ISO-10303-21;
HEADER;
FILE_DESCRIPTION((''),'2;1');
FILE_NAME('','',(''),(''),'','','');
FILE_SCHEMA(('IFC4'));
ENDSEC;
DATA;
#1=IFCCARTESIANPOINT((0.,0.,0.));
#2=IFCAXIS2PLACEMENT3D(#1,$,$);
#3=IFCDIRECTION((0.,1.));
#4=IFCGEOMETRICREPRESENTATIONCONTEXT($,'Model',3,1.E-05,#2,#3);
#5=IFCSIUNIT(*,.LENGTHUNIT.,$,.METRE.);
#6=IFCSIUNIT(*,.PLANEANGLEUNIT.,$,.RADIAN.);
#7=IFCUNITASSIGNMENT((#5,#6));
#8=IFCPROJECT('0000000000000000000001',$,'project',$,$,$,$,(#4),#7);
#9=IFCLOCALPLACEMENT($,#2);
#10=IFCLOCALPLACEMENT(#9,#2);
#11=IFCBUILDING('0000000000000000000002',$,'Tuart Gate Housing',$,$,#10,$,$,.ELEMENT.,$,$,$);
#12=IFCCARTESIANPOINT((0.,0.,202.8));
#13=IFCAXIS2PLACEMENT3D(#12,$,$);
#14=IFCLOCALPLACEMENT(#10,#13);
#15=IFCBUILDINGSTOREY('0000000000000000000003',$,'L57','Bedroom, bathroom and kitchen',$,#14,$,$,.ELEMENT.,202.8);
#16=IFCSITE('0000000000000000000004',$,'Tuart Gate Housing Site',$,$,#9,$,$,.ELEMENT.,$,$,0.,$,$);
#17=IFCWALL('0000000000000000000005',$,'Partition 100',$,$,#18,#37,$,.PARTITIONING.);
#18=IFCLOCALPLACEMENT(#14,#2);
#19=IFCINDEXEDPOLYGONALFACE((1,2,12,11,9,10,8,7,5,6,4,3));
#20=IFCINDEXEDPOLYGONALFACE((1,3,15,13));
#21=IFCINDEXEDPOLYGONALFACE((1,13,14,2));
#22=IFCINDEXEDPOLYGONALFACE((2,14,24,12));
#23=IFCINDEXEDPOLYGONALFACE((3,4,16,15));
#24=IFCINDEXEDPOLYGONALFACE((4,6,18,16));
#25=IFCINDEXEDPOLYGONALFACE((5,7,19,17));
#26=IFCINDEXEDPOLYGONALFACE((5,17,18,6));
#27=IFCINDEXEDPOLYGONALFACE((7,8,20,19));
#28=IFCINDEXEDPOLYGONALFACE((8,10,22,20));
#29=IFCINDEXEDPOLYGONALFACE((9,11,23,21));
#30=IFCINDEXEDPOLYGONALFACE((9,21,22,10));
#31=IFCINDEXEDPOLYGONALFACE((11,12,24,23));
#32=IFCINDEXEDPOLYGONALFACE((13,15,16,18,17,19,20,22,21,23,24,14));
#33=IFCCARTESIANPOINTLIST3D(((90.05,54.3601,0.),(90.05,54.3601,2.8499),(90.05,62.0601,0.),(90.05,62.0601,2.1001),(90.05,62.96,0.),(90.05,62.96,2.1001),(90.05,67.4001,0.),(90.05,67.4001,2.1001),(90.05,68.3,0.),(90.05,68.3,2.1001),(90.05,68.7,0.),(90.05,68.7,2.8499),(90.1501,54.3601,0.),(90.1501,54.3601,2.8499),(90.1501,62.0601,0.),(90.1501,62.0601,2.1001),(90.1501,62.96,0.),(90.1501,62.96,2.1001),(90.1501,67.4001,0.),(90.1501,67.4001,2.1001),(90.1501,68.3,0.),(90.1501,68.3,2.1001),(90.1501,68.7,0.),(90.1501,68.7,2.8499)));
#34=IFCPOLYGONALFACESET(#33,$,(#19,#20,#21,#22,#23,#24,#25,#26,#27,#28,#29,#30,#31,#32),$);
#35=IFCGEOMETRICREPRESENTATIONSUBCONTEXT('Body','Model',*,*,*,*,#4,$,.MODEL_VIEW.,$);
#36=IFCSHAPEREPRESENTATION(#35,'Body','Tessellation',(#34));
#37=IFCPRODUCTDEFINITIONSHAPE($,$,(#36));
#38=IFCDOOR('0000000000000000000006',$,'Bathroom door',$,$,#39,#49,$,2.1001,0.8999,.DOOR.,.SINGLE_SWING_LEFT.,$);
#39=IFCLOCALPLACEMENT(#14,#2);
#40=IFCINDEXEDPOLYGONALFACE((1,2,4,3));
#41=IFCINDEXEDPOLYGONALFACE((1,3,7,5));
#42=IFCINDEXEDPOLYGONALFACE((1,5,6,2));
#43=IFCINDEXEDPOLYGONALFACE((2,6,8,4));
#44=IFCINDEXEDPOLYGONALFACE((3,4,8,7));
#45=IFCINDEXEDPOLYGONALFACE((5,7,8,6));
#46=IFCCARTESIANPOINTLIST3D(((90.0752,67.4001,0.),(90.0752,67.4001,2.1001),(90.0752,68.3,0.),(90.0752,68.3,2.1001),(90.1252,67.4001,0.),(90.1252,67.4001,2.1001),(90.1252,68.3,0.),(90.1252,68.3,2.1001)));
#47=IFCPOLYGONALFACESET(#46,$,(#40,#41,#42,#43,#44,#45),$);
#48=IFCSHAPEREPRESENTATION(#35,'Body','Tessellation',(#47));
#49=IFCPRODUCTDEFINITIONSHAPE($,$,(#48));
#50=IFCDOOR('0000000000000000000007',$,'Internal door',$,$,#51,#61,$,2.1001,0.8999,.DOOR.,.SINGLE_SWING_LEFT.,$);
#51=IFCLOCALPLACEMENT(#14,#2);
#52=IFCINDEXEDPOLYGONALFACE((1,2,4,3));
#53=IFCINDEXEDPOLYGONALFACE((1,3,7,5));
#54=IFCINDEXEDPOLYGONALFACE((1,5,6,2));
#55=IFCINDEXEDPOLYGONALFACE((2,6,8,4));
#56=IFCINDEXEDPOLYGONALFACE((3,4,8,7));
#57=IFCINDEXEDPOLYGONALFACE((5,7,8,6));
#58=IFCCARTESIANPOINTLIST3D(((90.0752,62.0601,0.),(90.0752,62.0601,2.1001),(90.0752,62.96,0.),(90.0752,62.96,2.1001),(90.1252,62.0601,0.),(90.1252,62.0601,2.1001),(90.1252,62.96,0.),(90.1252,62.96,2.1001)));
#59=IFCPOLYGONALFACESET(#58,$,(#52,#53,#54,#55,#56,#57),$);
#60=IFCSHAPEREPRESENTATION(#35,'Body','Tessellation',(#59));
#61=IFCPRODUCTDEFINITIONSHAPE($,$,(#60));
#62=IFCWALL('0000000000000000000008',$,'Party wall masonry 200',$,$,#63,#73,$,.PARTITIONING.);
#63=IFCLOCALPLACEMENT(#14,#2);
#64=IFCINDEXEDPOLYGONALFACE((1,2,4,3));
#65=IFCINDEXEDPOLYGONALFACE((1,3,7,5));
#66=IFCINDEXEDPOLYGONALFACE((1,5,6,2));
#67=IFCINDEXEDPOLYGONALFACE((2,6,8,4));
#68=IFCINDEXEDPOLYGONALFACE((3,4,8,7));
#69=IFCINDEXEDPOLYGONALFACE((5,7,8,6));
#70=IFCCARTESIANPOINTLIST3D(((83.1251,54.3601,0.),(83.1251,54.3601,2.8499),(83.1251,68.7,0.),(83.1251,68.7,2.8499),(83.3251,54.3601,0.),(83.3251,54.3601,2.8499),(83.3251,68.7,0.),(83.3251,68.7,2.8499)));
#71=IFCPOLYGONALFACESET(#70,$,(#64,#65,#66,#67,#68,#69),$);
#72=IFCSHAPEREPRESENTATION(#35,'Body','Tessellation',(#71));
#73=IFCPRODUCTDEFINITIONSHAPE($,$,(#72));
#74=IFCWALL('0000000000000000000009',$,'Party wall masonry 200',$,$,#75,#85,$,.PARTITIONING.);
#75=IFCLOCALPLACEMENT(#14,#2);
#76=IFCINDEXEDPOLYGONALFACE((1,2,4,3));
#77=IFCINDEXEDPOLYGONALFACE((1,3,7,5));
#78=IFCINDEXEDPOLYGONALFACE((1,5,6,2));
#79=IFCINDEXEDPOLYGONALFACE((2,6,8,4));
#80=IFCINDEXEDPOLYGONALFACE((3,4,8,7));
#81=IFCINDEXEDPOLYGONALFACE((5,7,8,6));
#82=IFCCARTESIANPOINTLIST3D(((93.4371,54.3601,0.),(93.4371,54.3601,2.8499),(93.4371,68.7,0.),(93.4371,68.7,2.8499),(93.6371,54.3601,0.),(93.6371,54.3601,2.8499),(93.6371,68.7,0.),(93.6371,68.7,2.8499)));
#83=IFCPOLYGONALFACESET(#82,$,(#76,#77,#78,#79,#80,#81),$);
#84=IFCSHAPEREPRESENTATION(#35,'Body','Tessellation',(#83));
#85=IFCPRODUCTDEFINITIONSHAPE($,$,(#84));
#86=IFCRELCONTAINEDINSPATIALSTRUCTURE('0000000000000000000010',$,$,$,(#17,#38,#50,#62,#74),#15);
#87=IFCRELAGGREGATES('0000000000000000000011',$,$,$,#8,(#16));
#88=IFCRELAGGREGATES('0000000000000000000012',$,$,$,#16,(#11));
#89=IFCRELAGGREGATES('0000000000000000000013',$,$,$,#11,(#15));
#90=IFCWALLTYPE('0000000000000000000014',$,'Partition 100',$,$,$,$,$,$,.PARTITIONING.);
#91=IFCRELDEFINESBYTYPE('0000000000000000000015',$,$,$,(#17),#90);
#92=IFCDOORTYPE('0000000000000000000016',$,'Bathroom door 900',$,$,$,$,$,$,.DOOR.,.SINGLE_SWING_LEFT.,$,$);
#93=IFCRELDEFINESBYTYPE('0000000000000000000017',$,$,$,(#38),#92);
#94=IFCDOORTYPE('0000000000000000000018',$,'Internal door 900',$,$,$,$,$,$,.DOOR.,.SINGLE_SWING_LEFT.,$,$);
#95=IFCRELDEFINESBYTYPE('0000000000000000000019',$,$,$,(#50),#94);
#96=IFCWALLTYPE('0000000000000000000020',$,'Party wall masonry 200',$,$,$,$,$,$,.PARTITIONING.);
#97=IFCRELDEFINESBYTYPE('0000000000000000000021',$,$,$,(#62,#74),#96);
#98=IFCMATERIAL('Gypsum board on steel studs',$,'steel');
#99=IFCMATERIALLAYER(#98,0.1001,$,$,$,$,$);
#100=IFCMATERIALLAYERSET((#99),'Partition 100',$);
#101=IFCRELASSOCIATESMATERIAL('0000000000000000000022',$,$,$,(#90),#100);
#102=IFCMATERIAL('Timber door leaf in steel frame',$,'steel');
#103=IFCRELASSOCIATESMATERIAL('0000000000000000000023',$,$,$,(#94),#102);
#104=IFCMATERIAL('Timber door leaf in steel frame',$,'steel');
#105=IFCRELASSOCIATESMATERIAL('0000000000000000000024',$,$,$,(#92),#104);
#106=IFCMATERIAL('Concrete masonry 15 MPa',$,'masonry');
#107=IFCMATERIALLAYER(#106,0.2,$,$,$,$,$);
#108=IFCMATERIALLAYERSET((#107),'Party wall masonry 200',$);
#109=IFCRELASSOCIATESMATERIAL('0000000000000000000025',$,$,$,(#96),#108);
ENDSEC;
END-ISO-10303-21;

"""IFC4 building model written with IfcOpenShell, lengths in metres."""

from ifc_helpers import new_model, si_unit, direction, frame, frame_2d, origin, place, context, subcontext, project, spatial, rectangle, extrude, material, layer, layer_set, type_object, element, fill, save


model = new_model("IFC4")

# Units and contexts
model_context = context("Model", 3, precision=1e-05, world=origin(), true_north=direction((0.0, 1.0)))
body_context = subcontext(model_context, "Body", "Model", "MODEL_VIEW")
ifc_project = project(units=[si_unit("LENGTHUNIT", "METRE"), si_unit("PLANEANGLEUNIT", "RADIAN")], contexts=[model_context])

# Site, building, storey
site_placement = place(None, origin())
site = spatial("IfcSite", under=ifc_project, at=site_placement, Name="Tuart Gate Housing Site", CompositionType="ELEMENT", RefElevation=0.0)
building_placement = place(site_placement, origin())
building = spatial("IfcBuilding", under=site, at=building_placement, Name="Tuart Gate Housing", CompositionType="ELEMENT")
storey_placement = place(building_placement, frame((0.0, 0.0, 202.8)))
storey = spatial("IfcBuildingStorey", under=building, at=storey_placement, Name="L57", Description="Bedroom, bathroom and kitchen", CompositionType="ELEMENT", Elevation=202.8)

# Shared definitions
ifc_material_1 = material(Name="Gypsum board on steel studs", Category="steel")
ifc_layer_1 = layer(ifc_material_1, 0.1001)
ifc_layer_set_1 = layer_set([ifc_layer_1], Name="Partition 100")
wall_type_1 = type_object("IfcWallType", Name="Partition 100", PredefinedType="PARTITIONING", material=ifc_layer_set_1)
ifc_material_2 = material(Name="Timber door leaf in steel frame", Category="steel")
door_type_1 = type_object("IfcDoorType", Name="Internal door 900", OperationType="SINGLE_SWING_LEFT", PredefinedType="DOOR", material=ifc_material_2)

# Wall, openings, doors
wall_1_placement = place(storey_placement, frame((90.1001, 54.3601, 0.0), z_axis=(0.0, 0.0, 1.0), x_axis=(0.0, 1.0, 0.0)))
wall_1 = element("IfcWall", 1, at=wall_1_placement, inside=storey, type_object=wall_type_1, Name="Partition 100", PredefinedType="PARTITIONING", context=body_context, shape_type="SweptSolid", body=[
    extrude(rectangle(XDim=14.3398, YDim=0.1001, at=frame_2d((7.1699, 0.0))), origin(), (0.0, 0.0, 1.0), 2.8499),
])
opening_1_placement = place(wall_1_placement, frame((7.7, 0.0, 0.0)))
opening_1 = element("IfcOpeningElement", 2, at=opening_1_placement, cuts=wall_1, PredefinedType="OPENING", context=body_context, shape_type="SweptSolid", body=[
    extrude(rectangle(XDim=0.8999, YDim=2.1001, at=frame_2d((0.45, 1.05))), frame((0.0, 0.0601, 0.0), z_axis=(0.0, -1.0, 0.0), x_axis=(1.0, 0.0, 0.0)), (0.0, 0.0, 1.0), 0.1201),
])
opening_2_placement = place(wall_1_placement, frame((13.04, 0.0, 0.0)))
opening_2 = element("IfcOpeningElement", 3, at=opening_2_placement, cuts=wall_1, PredefinedType="OPENING", context=body_context, shape_type="SweptSolid", body=[
    extrude(rectangle(XDim=0.8999, YDim=2.1001, at=frame_2d((0.45, 1.05))), frame((0.0, 0.0601, 0.0), z_axis=(0.0, -1.0, 0.0), x_axis=(1.0, 0.0, 0.0)), (0.0, 0.0, 1.0), 0.1201),
])
ifc_material_3 = material(Name="Timber door leaf in steel frame", Category="steel")
door_type_2 = type_object("IfcDoorType", Name="Bathroom door 900", OperationType="SINGLE_SWING_LEFT", PredefinedType="DOOR", material=ifc_material_3)
door_1_placement = place(opening_2_placement, frame((0.8999, 0.0, 0.0), z_axis=(0.0, 0.0, 1.0), x_axis=(-1.0, 0.0, 0.0)))
door_1 = element("IfcDoor", 4, at=door_1_placement, inside=storey, type_object=door_type_2, Name="Bathroom door", OperationType="SINGLE_SWING_LEFT", OverallHeight=2.1001, OverallWidth=0.8999, PredefinedType="DOOR", context=body_context, shape_type="SweptSolid", body=[
    extrude(rectangle(XDim=0.8999, YDim=2.1001, at=frame_2d((0.45, 1.05))), frame((0.0, 0.0251, 0.0), z_axis=(0.0, -1.0, 0.0), x_axis=(1.0, 0.0, 0.0)), (0.0, 0.0, 1.0), 0.05),
])
fill(opening_2, door_1)
door_2_placement = place(opening_1_placement, frame((0.8999, 0.0, 0.0), z_axis=(0.0, 0.0, 1.0), x_axis=(-1.0, 0.0, 0.0)))
door_2 = element("IfcDoor", 5, at=door_2_placement, inside=storey, type_object=door_type_1, Name="Internal door", OperationType="SINGLE_SWING_LEFT", OverallHeight=2.1001, OverallWidth=0.8999, PredefinedType="DOOR", context=body_context, shape_type="SweptSolid", body=[
    extrude(rectangle(XDim=0.8999, YDim=2.1001, at=frame_2d((0.45, 1.05))), frame((0.0, 0.0251, 0.0), z_axis=(0.0, -1.0, 0.0), x_axis=(1.0, 0.0, 0.0)), (0.0, 0.0, 1.0), 0.05),
])
fill(opening_1, door_2)

# Walls
ifc_material_4 = material(Name="Concrete masonry 15 MPa", Category="masonry")
ifc_layer_2 = layer(ifc_material_4, 0.2)
ifc_layer_set_2 = layer_set([ifc_layer_2], Name="Party wall masonry 200")
wall_type_2 = type_object("IfcWallType", Name="Party wall masonry 200", PredefinedType="PARTITIONING", material=ifc_layer_set_2)
for number, where, z_axis, x_axis, name in (
    (6, (83.2251, 54.3601, 0.0), (0.0, 0.0, 1.0), (0.0, 1.0, 0.0), "Party wall masonry 200"),
    (7, (93.5371, 54.3601, 0.0), (0.0, 0.0, 1.0), (0.0, 1.0, 0.0), "Party wall masonry 200"),
):
    element("IfcWall", number, at=place(storey_placement, frame(where, z_axis=z_axis, x_axis=x_axis)), inside=storey, type_object=wall_type_2, Name=name, PredefinedType="PARTITIONING", context=body_context, shape_type="SweptSolid", body=[
        extrude(rectangle(XDim=14.3398, YDim=0.2, at=frame_2d((7.1699, 0.0))), origin(), (0.0, 0.0, 1.0), 2.8499),
    ])

save(model, "model.ifc")
